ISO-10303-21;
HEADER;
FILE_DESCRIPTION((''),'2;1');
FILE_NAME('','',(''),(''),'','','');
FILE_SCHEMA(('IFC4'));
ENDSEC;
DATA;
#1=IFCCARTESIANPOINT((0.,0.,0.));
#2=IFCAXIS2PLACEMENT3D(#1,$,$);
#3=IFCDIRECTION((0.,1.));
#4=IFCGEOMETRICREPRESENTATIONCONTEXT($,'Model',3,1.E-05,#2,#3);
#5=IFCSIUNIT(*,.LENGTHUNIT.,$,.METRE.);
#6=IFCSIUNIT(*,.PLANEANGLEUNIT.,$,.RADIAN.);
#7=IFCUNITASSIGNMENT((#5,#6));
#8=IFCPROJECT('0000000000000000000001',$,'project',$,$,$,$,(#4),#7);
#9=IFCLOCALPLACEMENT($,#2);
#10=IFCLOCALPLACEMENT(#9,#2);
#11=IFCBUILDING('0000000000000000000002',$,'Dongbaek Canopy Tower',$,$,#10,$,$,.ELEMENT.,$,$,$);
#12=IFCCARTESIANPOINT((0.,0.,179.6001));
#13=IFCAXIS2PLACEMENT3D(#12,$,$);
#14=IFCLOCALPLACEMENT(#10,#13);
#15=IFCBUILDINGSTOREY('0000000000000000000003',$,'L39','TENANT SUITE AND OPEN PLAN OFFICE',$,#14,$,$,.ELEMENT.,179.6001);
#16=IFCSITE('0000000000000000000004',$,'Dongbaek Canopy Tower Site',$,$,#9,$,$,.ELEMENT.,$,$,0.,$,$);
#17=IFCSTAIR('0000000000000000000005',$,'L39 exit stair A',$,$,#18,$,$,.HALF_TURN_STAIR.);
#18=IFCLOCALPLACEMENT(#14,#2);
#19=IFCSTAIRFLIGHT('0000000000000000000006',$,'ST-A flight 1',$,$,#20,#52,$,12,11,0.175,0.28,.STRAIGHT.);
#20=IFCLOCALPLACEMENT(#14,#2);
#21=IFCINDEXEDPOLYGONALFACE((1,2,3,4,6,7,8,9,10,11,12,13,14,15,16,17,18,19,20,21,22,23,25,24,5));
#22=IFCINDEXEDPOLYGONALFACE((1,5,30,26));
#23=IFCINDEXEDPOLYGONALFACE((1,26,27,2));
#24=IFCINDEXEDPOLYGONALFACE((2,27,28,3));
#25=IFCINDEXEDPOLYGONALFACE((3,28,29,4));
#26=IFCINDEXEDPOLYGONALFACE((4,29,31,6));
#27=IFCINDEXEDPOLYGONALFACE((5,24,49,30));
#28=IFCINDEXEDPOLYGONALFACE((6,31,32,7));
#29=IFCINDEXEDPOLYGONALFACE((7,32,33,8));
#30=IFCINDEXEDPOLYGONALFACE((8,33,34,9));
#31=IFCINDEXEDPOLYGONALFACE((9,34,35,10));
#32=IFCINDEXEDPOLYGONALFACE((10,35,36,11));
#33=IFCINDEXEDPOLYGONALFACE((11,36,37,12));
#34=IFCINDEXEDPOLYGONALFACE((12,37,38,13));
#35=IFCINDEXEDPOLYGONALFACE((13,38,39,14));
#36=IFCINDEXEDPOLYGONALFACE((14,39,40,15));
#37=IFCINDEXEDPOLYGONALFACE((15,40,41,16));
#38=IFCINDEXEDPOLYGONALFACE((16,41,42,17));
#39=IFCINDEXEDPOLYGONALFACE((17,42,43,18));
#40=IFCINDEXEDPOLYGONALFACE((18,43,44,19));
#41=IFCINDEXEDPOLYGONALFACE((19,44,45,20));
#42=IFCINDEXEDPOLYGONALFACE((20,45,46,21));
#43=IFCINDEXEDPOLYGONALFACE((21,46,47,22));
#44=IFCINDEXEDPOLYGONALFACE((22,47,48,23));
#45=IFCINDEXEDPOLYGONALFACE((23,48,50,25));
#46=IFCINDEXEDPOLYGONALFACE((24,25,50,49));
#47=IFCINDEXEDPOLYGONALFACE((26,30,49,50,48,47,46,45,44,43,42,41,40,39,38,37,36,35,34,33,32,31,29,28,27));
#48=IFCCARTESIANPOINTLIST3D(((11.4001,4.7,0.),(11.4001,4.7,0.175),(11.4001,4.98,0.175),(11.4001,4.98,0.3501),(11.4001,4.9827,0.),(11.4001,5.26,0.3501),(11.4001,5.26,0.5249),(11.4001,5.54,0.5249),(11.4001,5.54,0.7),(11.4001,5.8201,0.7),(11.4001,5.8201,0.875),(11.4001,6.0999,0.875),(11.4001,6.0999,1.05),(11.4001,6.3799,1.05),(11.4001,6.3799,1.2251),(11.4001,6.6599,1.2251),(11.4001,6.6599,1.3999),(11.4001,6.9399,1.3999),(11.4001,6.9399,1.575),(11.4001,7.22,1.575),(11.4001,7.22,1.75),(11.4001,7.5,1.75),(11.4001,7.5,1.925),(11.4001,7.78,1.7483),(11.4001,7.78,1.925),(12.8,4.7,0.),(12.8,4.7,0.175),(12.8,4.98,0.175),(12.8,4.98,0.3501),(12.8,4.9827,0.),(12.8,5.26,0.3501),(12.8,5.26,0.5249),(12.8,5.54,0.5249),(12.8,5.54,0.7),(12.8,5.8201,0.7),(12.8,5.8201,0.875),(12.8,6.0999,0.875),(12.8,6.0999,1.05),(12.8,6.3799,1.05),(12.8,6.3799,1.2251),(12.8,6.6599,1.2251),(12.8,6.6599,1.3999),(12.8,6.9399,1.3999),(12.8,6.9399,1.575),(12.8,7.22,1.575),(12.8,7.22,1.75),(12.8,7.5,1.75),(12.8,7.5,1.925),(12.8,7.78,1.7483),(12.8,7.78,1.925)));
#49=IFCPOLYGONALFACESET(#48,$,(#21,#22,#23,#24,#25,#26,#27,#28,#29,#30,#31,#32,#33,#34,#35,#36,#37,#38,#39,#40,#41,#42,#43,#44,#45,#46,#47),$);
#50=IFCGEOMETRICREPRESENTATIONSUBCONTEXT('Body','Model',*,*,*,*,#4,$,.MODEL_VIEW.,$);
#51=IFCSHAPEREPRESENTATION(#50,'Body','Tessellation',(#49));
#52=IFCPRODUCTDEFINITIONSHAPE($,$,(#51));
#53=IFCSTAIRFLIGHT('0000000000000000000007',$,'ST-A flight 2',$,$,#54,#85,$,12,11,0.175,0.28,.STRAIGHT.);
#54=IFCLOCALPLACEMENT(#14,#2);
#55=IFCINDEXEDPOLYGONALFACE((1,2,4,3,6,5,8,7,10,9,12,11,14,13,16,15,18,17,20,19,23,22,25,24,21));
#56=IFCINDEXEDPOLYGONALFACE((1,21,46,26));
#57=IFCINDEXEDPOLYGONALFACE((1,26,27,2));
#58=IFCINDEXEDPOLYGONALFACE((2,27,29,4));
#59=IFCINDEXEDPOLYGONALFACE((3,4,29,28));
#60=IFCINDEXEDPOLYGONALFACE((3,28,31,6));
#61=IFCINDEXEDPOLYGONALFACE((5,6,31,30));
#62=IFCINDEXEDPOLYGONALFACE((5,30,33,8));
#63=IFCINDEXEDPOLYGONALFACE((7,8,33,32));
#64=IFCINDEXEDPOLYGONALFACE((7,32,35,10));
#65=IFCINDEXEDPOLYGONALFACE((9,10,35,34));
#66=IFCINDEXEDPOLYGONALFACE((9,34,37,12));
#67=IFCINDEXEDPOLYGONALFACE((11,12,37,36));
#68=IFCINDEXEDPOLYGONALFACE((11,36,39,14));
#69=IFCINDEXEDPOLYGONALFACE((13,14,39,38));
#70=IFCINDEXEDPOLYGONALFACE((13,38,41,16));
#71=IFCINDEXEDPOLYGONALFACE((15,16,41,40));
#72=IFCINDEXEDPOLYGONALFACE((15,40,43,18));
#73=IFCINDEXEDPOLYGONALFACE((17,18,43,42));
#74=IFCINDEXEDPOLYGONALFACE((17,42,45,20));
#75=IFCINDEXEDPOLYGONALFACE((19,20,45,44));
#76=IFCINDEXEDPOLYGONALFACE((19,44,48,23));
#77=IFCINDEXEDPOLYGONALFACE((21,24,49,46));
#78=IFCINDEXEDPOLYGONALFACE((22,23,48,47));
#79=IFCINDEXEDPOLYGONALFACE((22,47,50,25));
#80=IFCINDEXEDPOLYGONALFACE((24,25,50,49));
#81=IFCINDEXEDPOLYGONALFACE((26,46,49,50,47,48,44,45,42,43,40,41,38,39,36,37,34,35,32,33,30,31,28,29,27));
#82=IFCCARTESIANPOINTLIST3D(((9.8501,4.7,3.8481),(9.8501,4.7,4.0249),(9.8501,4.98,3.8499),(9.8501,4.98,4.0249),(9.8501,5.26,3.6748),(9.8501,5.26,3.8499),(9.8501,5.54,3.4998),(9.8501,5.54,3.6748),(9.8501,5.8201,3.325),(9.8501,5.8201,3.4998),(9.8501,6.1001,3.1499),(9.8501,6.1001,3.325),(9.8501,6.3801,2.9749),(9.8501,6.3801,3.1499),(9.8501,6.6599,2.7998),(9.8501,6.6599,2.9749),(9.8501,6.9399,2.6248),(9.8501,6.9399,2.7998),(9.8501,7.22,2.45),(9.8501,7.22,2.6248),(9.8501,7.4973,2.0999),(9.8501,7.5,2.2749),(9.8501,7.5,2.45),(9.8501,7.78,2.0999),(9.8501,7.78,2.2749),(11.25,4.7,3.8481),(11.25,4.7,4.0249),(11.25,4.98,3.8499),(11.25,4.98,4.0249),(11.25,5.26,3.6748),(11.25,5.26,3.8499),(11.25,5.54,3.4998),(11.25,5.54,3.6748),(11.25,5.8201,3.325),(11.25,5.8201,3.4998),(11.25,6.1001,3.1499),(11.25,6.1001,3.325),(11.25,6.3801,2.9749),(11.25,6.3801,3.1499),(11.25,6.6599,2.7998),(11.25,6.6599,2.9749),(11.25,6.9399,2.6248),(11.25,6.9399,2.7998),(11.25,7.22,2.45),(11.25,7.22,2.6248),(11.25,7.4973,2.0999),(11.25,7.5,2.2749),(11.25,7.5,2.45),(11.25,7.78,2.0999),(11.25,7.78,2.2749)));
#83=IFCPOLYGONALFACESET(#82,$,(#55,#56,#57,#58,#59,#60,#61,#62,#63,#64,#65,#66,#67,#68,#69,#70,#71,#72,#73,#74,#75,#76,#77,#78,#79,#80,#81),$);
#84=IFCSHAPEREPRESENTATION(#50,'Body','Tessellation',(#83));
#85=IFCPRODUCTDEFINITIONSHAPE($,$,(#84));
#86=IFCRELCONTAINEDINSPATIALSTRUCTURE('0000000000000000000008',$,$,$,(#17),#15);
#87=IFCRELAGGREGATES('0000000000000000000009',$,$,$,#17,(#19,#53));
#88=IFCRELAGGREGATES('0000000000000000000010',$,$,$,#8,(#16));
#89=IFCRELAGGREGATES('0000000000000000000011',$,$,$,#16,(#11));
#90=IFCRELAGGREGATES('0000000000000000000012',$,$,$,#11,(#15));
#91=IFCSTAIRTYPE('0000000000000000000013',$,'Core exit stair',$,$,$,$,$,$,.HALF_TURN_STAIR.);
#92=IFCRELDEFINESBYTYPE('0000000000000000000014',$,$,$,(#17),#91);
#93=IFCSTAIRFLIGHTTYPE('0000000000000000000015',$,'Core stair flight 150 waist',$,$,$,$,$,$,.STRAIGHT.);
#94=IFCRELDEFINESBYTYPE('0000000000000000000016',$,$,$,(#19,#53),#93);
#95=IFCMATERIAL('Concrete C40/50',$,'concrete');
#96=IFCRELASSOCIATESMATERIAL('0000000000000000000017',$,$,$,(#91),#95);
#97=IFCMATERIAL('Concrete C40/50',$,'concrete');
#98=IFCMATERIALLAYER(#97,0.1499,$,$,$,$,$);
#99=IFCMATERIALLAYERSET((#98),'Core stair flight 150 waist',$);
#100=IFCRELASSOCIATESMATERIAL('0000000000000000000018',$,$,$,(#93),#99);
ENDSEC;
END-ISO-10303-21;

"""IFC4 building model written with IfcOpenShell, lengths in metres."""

from ifc_helpers import new_model, si_unit, direction, frame, origin, place, context, subcontext, project, spatial, polyline, outline, extrude, material, layer, layer_set, type_object, element, aggregate, save


model = new_model("IFC4")

# Units and contexts
model_context = context("Model", 3, precision=1e-05, world=origin(), true_north=direction((0.0, 1.0)))
body_context = subcontext(model_context, "Body", "Model", "MODEL_VIEW")
ifc_project = project(units=[si_unit("LENGTHUNIT", "METRE"), si_unit("PLANEANGLEUNIT", "RADIAN")], contexts=[model_context])

# Site, building, storey
site_placement = place(None, origin())
site = spatial("IfcSite", under=ifc_project, at=site_placement, Name="Dongbaek Canopy Tower Site", CompositionType="ELEMENT", RefElevation=0.0)
building_placement = place(site_placement, origin())
building = spatial("IfcBuilding", under=site, at=building_placement, Name="Dongbaek Canopy Tower", CompositionType="ELEMENT")
storey_placement = place(building_placement, frame((0.0, 0.0, 179.6001)))
storey = spatial("IfcBuildingStorey", under=building, at=storey_placement, Name="L39", Description="TENANT SUITE AND OPEN PLAN OFFICE", CompositionType="ELEMENT", Elevation=179.6001)

# Shared definitions
ifc_material_1 = material(Name="Concrete C40/50", Category="concrete")
stair_type = type_object("IfcStairType", Name="Core exit stair", PredefinedType="HALF_TURN_STAIR", material=ifc_material_1)

# Stair, stair flights
stair_1_placement = place(storey_placement, origin())
stair_1 = element("IfcStair", 1, at=stair_1_placement, inside=storey, type_object=stair_type, Name="L39 exit stair A", PredefinedType="HALF_TURN_STAIR")
ifc_material_2 = material(Name="Concrete C40/50", Category="concrete")
ifc_layer_1 = layer(ifc_material_2, 0.1499)
ifc_layer_set_1 = layer_set([ifc_layer_1], Name="Core stair flight 150 waist")
stair_flight_type = type_object("IfcStairFlightType", Name="Core stair flight 150 waist", PredefinedType="STRAIGHT", material=ifc_layer_set_1)
stair_flight_1_placement = place(storey_placement, frame((12.1001, 4.7, 0.0), z_axis=(0.0, 0.0, 1.0), x_axis=(0.0, 1.0, 0.0)))
stair_flight_1 = element("IfcStairFlight", 2, at=stair_flight_1_placement, type_object=stair_flight_type, Name="ST-A flight 1", NumberOfRisers=12, NumberOfTreads=11, PredefinedType="STRAIGHT", RiserHeight=0.175, TreadLength=0.28, context=body_context, shape_type="SweptSolid", body=[
    extrude(outline(polyline([(0.0, 0.0), (0.0, 0.175), (0.28, 0.175), (0.28, 0.3501), (0.5601, 0.3501), (0.5601, 0.5249), (0.8401, 0.5249), (0.8401, 0.7), (1.1201, 0.7), (1.1201, 0.875), (1.3999, 0.875), (1.3999, 1.05), (1.6799, 1.05), (1.6799, 1.2251), (1.96, 1.2251), (1.96, 1.3999), (2.24, 1.3999), (2.24, 1.575), (2.52, 1.575), (2.52, 1.75), (2.8, 1.75), (2.8, 1.925), (3.0801, 1.925), (3.0801, 2.1001), (3.0801, 1.7483), (0.2827, 0.0), (0.0, 0.0)])), frame((0.0, 0.7, 0.0), z_axis=(0.0, -1.0, 0.0), x_axis=(1.0, 0.0, 0.0)), (0.0, 0.0, 1.0), 1.3999),
])
stair_flight_2_placement = place(storey_placement, frame((10.55, 7.78, 2.0999), z_axis=(0.0, 0.0, 1.0), x_axis=(0.0, -1.0, 0.0)))
stair_flight_2 = element("IfcStairFlight", 3, at=stair_flight_2_placement, type_object=stair_flight_type, Name="ST-A flight 2", NumberOfRisers=12, NumberOfTreads=11, PredefinedType="STRAIGHT", RiserHeight=0.175, TreadLength=0.28, context=body_context, shape_type="SweptSolid", body=[
    extrude(outline(polyline([(0.0, 0.0), (0.0, 0.175), (0.28, 0.175), (0.28, 0.3501), (0.5601, 0.3501), (0.5601, 0.5249), (0.8401, 0.5249), (0.8401, 0.7), (1.1201, 0.7), (1.1201, 0.875), (1.3999, 0.875), (1.3999, 1.05), (1.6799, 1.05), (1.6799, 1.2251), (1.96, 1.2251), (1.96, 1.3999), (2.24, 1.3999), (2.24, 1.575), (2.52, 1.575), (2.52, 1.75), (2.8, 1.75), (2.8, 1.925), (3.0801, 1.925), (3.0801, 2.1001), (3.0801, 1.7483), (0.2827, 0.0), (0.0, 0.0)])), frame((0.0, 0.7, 0.0), z_axis=(0.0, -1.0, 0.0), x_axis=(1.0, 0.0, 0.0)), (0.0, 0.0, 1.0), 1.3999),
])
aggregate(stair_1, [stair_flight_1, stair_flight_2])

save(model, "model.ifc")
